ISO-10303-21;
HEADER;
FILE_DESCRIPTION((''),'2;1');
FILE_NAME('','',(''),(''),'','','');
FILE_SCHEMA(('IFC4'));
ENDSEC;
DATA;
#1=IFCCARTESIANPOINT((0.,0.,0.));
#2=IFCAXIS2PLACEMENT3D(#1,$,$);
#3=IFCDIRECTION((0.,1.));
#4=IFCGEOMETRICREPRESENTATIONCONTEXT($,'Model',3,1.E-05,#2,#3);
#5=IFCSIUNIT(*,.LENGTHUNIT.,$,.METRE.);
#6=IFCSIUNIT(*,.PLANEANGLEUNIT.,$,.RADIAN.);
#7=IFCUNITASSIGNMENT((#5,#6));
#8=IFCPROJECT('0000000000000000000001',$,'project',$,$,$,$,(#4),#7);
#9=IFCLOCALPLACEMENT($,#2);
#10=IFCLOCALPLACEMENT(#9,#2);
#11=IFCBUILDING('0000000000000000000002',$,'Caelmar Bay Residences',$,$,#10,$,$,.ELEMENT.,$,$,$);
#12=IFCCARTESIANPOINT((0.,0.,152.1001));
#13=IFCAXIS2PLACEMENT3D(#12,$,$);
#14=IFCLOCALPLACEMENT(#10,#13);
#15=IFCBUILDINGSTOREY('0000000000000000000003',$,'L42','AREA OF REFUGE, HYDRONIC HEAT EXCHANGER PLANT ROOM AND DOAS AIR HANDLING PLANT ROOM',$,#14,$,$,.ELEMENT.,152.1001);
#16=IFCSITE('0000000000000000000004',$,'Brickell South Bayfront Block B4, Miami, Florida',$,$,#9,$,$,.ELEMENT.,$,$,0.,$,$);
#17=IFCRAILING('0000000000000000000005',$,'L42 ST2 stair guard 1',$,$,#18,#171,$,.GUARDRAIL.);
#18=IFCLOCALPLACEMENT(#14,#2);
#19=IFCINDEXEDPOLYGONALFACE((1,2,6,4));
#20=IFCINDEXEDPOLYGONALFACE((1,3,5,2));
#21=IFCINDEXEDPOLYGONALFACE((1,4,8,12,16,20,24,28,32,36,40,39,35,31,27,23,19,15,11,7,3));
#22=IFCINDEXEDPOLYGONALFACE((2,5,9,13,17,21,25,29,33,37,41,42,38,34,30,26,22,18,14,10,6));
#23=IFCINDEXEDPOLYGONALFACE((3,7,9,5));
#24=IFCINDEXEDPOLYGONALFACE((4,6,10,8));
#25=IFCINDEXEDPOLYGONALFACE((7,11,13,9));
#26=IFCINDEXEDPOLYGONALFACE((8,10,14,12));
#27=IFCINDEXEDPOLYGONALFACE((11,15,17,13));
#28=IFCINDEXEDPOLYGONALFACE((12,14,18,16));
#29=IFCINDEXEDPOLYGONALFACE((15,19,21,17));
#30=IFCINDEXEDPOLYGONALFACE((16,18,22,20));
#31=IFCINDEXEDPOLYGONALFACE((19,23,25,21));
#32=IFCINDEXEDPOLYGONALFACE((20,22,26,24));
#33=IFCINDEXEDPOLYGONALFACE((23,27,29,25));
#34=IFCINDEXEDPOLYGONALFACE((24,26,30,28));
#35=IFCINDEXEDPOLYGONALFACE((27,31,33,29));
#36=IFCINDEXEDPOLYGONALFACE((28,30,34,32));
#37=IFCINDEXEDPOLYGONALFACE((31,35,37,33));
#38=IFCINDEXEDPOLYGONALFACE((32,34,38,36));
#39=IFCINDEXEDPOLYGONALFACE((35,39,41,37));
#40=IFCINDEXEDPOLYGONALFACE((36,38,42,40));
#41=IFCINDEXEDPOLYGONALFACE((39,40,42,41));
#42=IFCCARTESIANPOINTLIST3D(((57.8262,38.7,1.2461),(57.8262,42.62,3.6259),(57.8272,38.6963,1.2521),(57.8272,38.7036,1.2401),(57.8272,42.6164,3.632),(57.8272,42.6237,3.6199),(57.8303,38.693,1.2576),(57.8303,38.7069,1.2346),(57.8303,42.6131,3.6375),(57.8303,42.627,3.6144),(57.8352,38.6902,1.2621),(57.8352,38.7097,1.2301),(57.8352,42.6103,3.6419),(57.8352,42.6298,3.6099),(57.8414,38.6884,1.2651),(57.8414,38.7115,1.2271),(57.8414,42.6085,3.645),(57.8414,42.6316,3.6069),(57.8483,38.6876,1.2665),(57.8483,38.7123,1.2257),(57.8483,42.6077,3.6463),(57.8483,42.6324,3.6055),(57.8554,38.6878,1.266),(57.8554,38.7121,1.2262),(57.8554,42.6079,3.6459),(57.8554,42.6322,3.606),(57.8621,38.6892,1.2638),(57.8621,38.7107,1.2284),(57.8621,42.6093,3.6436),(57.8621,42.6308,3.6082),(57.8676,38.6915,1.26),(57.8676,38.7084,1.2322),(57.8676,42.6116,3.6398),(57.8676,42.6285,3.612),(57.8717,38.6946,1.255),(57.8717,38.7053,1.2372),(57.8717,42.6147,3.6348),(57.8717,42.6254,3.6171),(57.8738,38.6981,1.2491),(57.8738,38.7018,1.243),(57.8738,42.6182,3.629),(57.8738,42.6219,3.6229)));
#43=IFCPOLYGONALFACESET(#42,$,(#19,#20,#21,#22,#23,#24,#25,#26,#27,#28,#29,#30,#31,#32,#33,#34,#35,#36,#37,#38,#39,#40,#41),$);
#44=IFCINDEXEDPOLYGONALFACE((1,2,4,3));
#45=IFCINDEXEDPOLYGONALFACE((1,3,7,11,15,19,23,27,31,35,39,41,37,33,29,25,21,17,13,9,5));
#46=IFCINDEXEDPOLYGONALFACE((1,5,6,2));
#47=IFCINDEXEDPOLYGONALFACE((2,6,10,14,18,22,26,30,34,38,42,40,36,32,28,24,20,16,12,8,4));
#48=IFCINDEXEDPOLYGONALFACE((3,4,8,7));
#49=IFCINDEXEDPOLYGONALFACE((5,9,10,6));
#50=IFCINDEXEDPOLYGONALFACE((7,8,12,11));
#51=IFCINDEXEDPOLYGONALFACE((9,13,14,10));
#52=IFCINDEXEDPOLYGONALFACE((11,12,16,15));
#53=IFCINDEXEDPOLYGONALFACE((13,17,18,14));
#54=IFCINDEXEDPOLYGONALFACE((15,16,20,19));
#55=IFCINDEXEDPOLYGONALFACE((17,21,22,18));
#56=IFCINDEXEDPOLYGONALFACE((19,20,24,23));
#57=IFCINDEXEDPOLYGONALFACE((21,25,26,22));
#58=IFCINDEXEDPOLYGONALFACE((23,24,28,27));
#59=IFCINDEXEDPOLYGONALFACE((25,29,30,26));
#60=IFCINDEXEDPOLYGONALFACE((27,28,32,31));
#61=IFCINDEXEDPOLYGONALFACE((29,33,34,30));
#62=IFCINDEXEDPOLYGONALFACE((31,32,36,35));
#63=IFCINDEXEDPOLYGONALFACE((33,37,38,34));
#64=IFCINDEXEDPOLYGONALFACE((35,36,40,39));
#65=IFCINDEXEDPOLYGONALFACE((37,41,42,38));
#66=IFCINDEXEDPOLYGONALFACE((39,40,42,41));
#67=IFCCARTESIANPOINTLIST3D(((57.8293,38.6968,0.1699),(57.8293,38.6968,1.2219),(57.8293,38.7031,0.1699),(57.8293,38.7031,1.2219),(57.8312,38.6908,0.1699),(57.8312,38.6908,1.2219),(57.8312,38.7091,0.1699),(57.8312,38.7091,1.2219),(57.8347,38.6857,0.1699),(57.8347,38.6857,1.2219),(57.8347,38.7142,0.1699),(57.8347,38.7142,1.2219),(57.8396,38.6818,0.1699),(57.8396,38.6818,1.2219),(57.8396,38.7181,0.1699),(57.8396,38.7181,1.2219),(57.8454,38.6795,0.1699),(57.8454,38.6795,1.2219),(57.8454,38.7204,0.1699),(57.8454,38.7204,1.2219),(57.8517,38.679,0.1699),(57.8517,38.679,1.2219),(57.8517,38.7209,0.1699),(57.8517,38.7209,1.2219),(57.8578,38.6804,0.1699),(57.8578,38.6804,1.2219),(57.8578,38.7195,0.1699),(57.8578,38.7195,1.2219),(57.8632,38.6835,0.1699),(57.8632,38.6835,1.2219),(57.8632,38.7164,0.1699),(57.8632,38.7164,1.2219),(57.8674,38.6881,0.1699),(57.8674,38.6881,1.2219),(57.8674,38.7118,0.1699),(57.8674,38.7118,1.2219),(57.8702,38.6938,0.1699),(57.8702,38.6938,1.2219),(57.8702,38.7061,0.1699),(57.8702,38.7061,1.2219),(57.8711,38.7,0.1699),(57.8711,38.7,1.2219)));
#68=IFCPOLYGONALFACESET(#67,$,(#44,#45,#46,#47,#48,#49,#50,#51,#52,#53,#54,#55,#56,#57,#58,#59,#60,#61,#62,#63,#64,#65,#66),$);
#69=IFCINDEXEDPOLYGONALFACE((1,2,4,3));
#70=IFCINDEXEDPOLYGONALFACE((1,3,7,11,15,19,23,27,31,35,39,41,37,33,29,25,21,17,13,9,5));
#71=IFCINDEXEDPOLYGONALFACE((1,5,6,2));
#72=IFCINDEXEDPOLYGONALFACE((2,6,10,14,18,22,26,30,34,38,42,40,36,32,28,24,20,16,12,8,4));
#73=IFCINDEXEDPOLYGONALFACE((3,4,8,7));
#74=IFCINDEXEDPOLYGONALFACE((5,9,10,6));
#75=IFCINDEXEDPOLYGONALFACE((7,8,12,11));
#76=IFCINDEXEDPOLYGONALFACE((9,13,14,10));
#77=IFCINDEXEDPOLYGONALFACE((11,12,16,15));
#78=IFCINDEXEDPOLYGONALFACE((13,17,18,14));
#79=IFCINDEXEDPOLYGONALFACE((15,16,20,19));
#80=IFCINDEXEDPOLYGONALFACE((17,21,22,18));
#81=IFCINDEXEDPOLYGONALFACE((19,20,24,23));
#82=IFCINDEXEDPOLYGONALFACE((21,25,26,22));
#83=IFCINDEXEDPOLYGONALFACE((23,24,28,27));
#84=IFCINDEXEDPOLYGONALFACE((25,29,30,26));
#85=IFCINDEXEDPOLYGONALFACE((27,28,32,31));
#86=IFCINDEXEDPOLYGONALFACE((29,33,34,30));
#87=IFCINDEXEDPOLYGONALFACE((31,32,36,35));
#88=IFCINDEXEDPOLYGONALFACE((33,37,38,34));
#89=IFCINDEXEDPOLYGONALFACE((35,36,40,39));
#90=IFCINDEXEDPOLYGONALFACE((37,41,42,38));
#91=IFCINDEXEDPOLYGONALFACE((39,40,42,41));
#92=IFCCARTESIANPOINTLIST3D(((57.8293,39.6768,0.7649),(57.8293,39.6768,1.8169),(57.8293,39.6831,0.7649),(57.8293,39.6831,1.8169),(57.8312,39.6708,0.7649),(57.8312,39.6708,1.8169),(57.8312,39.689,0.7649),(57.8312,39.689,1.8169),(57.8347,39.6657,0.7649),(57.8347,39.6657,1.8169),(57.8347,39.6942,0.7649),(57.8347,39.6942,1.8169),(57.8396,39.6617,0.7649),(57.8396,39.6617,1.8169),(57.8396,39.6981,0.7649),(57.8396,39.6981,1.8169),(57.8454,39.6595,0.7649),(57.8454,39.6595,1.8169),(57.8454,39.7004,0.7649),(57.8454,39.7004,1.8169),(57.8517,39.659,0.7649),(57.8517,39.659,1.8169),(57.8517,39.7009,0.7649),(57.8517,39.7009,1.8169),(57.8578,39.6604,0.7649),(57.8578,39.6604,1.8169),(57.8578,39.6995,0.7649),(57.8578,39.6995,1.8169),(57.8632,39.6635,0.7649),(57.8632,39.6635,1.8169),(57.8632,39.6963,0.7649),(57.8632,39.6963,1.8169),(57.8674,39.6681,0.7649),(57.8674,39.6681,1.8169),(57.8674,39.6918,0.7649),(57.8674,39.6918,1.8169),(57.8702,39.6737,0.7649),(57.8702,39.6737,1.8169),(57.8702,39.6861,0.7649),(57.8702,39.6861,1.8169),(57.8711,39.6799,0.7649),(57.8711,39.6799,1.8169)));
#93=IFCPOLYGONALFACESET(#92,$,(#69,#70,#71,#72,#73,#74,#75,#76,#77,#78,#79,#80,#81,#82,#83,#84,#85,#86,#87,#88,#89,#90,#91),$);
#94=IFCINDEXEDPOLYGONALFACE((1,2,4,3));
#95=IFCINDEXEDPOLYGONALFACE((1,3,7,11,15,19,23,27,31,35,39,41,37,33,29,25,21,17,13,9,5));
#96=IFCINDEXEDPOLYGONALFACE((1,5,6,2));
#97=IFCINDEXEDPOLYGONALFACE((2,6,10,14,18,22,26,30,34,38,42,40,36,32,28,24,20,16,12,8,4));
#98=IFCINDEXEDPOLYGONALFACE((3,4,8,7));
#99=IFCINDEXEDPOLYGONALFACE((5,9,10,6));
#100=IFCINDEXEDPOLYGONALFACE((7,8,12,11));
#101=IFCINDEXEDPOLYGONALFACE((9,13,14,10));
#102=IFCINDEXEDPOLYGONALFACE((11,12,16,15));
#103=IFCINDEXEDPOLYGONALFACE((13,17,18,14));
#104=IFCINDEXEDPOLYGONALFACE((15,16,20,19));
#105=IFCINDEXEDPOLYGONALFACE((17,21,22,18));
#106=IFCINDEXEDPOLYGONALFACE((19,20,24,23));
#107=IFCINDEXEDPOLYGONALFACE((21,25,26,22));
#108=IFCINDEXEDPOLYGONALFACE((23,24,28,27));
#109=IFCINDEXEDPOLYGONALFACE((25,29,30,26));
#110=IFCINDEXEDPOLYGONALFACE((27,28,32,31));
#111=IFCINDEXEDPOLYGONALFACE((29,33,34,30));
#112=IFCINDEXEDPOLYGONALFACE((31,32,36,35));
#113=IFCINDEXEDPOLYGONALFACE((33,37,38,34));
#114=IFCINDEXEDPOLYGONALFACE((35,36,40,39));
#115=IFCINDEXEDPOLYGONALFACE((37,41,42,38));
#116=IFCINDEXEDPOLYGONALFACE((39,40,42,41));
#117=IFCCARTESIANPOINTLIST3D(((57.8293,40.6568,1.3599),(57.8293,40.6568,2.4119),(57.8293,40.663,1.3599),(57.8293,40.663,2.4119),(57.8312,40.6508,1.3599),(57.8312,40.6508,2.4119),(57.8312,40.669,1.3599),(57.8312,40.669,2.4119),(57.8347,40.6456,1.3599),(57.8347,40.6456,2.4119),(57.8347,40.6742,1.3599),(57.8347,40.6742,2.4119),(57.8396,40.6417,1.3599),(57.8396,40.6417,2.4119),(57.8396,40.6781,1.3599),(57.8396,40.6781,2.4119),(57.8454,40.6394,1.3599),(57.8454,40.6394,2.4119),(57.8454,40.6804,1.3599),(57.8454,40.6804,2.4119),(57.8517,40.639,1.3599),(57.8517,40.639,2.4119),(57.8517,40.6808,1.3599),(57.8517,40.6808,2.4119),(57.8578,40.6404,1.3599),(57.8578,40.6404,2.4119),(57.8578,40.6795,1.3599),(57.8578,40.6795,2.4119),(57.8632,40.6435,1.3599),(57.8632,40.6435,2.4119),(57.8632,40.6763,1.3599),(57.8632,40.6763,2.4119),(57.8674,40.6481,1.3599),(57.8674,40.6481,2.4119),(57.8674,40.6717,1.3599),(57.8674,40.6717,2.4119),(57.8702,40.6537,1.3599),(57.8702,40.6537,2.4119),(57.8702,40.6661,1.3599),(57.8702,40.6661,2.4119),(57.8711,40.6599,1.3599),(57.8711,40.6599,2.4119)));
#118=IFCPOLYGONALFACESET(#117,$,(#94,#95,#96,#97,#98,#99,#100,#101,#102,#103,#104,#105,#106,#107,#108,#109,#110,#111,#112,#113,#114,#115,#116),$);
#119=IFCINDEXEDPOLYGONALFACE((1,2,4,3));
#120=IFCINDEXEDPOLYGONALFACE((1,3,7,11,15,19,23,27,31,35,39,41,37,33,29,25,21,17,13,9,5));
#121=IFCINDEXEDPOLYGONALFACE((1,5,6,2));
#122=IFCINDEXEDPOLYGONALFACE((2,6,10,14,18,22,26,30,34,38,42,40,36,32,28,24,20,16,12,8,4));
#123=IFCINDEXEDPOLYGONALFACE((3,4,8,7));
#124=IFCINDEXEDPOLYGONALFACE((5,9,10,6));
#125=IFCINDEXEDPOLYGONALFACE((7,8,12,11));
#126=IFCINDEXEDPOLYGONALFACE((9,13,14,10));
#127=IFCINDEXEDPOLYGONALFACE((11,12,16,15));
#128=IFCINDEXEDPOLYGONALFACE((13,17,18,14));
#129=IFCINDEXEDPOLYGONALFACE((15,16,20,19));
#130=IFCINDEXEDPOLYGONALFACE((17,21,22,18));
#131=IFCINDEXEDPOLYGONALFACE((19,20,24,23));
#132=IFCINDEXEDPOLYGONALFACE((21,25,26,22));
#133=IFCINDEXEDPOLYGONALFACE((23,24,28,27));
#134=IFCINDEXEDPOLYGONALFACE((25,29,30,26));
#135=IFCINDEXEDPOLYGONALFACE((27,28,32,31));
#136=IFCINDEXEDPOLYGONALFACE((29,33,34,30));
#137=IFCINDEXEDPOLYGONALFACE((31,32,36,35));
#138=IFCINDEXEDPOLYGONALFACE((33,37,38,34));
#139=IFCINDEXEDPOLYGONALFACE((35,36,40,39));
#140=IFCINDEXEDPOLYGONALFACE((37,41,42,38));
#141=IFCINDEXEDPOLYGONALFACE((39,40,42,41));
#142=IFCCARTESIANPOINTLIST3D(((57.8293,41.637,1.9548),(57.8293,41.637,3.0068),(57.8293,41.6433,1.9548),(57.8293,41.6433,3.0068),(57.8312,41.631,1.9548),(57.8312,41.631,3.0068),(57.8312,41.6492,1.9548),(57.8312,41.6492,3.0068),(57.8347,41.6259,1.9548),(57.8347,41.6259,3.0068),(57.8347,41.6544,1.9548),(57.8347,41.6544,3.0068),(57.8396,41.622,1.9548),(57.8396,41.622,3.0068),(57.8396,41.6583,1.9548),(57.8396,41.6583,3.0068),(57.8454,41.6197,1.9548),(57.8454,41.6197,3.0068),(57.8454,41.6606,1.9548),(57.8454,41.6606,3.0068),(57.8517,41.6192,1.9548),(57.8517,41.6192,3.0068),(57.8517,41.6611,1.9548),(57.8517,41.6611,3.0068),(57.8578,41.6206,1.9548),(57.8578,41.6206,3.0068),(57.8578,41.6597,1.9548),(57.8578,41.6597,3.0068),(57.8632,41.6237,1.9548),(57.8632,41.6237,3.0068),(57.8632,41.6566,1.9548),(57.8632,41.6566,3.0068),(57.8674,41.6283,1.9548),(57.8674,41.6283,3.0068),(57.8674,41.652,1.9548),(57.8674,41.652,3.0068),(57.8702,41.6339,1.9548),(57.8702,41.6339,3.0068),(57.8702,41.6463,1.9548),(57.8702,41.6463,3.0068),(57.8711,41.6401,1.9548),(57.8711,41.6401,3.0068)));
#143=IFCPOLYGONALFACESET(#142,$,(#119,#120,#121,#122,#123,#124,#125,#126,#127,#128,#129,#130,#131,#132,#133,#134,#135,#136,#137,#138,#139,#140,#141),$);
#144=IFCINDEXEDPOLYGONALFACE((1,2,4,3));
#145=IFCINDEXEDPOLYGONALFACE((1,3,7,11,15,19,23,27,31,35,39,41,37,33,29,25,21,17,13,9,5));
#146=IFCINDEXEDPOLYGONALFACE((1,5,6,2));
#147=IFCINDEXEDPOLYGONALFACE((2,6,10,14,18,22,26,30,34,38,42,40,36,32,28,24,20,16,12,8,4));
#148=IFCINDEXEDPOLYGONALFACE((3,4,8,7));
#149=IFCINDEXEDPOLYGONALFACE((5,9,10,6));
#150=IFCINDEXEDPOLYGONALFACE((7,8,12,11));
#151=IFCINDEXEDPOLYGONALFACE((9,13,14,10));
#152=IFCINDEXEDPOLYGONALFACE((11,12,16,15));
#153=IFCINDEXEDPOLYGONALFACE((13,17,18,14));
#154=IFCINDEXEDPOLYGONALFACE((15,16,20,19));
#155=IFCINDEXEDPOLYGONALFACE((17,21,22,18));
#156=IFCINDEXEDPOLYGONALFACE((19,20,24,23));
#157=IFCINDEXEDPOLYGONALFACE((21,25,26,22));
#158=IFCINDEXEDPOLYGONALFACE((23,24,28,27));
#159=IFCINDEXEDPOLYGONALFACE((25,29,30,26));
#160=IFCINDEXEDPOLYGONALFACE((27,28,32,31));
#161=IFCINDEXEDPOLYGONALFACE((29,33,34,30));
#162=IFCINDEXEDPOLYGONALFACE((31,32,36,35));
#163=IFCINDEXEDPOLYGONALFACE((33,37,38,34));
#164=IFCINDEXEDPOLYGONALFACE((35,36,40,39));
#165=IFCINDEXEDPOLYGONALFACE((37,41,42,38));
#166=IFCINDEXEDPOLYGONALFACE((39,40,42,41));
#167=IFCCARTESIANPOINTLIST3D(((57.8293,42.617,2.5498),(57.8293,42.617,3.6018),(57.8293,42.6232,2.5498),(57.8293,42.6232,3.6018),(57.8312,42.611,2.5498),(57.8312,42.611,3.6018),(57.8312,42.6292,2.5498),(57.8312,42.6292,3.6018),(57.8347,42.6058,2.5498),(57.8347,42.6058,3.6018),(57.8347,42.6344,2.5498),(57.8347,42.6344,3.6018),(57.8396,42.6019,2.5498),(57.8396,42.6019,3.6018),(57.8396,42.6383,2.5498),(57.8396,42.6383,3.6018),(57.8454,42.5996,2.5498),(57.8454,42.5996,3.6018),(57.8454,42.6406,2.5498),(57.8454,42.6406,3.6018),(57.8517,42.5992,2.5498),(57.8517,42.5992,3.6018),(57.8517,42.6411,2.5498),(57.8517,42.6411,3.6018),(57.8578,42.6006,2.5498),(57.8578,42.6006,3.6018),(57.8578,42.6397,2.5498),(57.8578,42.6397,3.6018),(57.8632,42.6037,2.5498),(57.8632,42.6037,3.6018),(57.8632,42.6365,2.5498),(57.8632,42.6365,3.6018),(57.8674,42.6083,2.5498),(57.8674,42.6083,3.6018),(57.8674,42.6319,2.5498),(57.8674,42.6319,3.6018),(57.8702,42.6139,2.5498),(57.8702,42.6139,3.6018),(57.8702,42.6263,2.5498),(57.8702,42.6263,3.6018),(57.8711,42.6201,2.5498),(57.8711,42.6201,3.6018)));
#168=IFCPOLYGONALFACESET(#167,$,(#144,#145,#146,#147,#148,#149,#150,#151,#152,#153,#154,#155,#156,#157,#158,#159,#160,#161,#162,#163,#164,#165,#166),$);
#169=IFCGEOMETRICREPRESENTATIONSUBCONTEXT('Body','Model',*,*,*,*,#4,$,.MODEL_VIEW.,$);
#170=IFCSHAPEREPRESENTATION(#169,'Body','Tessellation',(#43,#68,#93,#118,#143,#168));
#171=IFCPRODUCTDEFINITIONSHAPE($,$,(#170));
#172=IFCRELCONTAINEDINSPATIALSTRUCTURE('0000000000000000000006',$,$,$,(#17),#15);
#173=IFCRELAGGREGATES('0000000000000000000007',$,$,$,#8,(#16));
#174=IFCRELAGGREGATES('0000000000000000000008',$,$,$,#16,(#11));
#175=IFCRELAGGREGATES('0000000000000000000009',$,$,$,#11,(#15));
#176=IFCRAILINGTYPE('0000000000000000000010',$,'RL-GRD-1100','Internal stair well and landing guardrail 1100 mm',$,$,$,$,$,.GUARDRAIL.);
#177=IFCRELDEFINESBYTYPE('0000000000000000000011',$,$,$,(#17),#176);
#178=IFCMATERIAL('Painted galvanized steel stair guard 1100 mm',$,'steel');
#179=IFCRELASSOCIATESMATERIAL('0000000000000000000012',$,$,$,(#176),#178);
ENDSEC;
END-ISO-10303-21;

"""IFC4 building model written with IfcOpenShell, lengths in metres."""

from ifc_helpers import new_model, si_unit, direction, frame, origin, origin_2d, place, context, subcontext, project, spatial, circle, extrude, material, type_object, element, save


model = new_model("IFC4")

# Units and contexts
model_context = context("Model", 3, precision=1e-05, world=origin(), true_north=direction((0.0, 1.0)))
body_context = subcontext(model_context, "Body", "Model", "MODEL_VIEW")
ifc_project = project(units=[si_unit("LENGTHUNIT", "METRE"), si_unit("PLANEANGLEUNIT", "RADIAN")], contexts=[model_context])

# Site, building, storey
site_placement = place(None, origin())
site = spatial("IfcSite", under=ifc_project, at=site_placement, Name="Brickell South Bayfront Block B4, Miami, Florida", CompositionType="ELEMENT", RefElevation=0.0)
building_placement = place(site_placement, origin())
building = spatial("IfcBuilding", under=site, at=building_placement, Name="Caelmar Bay Residences", CompositionType="ELEMENT")
storey_placement = place(building_placement, frame((0.0, 0.0, 152.1001)))
storey = spatial("IfcBuildingStorey", under=building, at=storey_placement, Name="L42", Description="AREA OF REFUGE, HYDRONIC HEAT EXCHANGER PLANT ROOM AND DOAS AIR HANDLING PLANT ROOM", CompositionType="ELEMENT", Elevation=152.1001)

# Railing
ifc_material_1 = material(Name="Painted galvanized steel stair guard 1100 mm", Category="steel")
railing_type_1 = type_object("IfcRailingType", Name="RL-GRD-1100", Description="Internal stair well and landing guardrail 1100 mm", PredefinedType="GUARDRAIL", material=ifc_material_1)
railing_1_placement = place(storey_placement, frame((57.8501, 38.7, 0.1699)))
element("IfcRailing", 1, at=railing_1_placement, inside=storey, type_object=railing_type_1, Name="L42 ST2 stair guard 1", PredefinedType="GUARDRAIL", context=body_context, shape_type="SweptSolid", body=[
    extrude(circle(Radius=0.0239, at=origin_2d()), frame((0.0, 0.0, 1.0762), z_axis=(0.0, 0.854809, 0.518943), x_axis=(-1.0, 0.0, 0.0)), (0.0, 0.0, 1.0), 4.5859),
    extrude(circle(Radius=0.021, at=origin_2d()), origin(), (0.0, 0.0, 1.0), 1.052),
    extrude(circle(Radius=0.021, at=origin_2d()), frame((0.0, 0.98, 0.595)), (0.0, 0.0, 1.0), 1.052),
    extrude(circle(Radius=0.021, at=origin_2d()), frame((0.0, 1.96, 1.1899)), (0.0, 0.0, 1.0), 1.052),
    extrude(circle(Radius=0.021, at=origin_2d()), frame((0.0, 2.9402, 1.7849)), (0.0, 0.0, 1.0), 1.052),
    extrude(circle(Radius=0.021, at=origin_2d()), frame((0.0, 3.9202, 2.3799)), (0.0, 0.0, 1.0), 1.052),
])

save(model, "model.ifc")
